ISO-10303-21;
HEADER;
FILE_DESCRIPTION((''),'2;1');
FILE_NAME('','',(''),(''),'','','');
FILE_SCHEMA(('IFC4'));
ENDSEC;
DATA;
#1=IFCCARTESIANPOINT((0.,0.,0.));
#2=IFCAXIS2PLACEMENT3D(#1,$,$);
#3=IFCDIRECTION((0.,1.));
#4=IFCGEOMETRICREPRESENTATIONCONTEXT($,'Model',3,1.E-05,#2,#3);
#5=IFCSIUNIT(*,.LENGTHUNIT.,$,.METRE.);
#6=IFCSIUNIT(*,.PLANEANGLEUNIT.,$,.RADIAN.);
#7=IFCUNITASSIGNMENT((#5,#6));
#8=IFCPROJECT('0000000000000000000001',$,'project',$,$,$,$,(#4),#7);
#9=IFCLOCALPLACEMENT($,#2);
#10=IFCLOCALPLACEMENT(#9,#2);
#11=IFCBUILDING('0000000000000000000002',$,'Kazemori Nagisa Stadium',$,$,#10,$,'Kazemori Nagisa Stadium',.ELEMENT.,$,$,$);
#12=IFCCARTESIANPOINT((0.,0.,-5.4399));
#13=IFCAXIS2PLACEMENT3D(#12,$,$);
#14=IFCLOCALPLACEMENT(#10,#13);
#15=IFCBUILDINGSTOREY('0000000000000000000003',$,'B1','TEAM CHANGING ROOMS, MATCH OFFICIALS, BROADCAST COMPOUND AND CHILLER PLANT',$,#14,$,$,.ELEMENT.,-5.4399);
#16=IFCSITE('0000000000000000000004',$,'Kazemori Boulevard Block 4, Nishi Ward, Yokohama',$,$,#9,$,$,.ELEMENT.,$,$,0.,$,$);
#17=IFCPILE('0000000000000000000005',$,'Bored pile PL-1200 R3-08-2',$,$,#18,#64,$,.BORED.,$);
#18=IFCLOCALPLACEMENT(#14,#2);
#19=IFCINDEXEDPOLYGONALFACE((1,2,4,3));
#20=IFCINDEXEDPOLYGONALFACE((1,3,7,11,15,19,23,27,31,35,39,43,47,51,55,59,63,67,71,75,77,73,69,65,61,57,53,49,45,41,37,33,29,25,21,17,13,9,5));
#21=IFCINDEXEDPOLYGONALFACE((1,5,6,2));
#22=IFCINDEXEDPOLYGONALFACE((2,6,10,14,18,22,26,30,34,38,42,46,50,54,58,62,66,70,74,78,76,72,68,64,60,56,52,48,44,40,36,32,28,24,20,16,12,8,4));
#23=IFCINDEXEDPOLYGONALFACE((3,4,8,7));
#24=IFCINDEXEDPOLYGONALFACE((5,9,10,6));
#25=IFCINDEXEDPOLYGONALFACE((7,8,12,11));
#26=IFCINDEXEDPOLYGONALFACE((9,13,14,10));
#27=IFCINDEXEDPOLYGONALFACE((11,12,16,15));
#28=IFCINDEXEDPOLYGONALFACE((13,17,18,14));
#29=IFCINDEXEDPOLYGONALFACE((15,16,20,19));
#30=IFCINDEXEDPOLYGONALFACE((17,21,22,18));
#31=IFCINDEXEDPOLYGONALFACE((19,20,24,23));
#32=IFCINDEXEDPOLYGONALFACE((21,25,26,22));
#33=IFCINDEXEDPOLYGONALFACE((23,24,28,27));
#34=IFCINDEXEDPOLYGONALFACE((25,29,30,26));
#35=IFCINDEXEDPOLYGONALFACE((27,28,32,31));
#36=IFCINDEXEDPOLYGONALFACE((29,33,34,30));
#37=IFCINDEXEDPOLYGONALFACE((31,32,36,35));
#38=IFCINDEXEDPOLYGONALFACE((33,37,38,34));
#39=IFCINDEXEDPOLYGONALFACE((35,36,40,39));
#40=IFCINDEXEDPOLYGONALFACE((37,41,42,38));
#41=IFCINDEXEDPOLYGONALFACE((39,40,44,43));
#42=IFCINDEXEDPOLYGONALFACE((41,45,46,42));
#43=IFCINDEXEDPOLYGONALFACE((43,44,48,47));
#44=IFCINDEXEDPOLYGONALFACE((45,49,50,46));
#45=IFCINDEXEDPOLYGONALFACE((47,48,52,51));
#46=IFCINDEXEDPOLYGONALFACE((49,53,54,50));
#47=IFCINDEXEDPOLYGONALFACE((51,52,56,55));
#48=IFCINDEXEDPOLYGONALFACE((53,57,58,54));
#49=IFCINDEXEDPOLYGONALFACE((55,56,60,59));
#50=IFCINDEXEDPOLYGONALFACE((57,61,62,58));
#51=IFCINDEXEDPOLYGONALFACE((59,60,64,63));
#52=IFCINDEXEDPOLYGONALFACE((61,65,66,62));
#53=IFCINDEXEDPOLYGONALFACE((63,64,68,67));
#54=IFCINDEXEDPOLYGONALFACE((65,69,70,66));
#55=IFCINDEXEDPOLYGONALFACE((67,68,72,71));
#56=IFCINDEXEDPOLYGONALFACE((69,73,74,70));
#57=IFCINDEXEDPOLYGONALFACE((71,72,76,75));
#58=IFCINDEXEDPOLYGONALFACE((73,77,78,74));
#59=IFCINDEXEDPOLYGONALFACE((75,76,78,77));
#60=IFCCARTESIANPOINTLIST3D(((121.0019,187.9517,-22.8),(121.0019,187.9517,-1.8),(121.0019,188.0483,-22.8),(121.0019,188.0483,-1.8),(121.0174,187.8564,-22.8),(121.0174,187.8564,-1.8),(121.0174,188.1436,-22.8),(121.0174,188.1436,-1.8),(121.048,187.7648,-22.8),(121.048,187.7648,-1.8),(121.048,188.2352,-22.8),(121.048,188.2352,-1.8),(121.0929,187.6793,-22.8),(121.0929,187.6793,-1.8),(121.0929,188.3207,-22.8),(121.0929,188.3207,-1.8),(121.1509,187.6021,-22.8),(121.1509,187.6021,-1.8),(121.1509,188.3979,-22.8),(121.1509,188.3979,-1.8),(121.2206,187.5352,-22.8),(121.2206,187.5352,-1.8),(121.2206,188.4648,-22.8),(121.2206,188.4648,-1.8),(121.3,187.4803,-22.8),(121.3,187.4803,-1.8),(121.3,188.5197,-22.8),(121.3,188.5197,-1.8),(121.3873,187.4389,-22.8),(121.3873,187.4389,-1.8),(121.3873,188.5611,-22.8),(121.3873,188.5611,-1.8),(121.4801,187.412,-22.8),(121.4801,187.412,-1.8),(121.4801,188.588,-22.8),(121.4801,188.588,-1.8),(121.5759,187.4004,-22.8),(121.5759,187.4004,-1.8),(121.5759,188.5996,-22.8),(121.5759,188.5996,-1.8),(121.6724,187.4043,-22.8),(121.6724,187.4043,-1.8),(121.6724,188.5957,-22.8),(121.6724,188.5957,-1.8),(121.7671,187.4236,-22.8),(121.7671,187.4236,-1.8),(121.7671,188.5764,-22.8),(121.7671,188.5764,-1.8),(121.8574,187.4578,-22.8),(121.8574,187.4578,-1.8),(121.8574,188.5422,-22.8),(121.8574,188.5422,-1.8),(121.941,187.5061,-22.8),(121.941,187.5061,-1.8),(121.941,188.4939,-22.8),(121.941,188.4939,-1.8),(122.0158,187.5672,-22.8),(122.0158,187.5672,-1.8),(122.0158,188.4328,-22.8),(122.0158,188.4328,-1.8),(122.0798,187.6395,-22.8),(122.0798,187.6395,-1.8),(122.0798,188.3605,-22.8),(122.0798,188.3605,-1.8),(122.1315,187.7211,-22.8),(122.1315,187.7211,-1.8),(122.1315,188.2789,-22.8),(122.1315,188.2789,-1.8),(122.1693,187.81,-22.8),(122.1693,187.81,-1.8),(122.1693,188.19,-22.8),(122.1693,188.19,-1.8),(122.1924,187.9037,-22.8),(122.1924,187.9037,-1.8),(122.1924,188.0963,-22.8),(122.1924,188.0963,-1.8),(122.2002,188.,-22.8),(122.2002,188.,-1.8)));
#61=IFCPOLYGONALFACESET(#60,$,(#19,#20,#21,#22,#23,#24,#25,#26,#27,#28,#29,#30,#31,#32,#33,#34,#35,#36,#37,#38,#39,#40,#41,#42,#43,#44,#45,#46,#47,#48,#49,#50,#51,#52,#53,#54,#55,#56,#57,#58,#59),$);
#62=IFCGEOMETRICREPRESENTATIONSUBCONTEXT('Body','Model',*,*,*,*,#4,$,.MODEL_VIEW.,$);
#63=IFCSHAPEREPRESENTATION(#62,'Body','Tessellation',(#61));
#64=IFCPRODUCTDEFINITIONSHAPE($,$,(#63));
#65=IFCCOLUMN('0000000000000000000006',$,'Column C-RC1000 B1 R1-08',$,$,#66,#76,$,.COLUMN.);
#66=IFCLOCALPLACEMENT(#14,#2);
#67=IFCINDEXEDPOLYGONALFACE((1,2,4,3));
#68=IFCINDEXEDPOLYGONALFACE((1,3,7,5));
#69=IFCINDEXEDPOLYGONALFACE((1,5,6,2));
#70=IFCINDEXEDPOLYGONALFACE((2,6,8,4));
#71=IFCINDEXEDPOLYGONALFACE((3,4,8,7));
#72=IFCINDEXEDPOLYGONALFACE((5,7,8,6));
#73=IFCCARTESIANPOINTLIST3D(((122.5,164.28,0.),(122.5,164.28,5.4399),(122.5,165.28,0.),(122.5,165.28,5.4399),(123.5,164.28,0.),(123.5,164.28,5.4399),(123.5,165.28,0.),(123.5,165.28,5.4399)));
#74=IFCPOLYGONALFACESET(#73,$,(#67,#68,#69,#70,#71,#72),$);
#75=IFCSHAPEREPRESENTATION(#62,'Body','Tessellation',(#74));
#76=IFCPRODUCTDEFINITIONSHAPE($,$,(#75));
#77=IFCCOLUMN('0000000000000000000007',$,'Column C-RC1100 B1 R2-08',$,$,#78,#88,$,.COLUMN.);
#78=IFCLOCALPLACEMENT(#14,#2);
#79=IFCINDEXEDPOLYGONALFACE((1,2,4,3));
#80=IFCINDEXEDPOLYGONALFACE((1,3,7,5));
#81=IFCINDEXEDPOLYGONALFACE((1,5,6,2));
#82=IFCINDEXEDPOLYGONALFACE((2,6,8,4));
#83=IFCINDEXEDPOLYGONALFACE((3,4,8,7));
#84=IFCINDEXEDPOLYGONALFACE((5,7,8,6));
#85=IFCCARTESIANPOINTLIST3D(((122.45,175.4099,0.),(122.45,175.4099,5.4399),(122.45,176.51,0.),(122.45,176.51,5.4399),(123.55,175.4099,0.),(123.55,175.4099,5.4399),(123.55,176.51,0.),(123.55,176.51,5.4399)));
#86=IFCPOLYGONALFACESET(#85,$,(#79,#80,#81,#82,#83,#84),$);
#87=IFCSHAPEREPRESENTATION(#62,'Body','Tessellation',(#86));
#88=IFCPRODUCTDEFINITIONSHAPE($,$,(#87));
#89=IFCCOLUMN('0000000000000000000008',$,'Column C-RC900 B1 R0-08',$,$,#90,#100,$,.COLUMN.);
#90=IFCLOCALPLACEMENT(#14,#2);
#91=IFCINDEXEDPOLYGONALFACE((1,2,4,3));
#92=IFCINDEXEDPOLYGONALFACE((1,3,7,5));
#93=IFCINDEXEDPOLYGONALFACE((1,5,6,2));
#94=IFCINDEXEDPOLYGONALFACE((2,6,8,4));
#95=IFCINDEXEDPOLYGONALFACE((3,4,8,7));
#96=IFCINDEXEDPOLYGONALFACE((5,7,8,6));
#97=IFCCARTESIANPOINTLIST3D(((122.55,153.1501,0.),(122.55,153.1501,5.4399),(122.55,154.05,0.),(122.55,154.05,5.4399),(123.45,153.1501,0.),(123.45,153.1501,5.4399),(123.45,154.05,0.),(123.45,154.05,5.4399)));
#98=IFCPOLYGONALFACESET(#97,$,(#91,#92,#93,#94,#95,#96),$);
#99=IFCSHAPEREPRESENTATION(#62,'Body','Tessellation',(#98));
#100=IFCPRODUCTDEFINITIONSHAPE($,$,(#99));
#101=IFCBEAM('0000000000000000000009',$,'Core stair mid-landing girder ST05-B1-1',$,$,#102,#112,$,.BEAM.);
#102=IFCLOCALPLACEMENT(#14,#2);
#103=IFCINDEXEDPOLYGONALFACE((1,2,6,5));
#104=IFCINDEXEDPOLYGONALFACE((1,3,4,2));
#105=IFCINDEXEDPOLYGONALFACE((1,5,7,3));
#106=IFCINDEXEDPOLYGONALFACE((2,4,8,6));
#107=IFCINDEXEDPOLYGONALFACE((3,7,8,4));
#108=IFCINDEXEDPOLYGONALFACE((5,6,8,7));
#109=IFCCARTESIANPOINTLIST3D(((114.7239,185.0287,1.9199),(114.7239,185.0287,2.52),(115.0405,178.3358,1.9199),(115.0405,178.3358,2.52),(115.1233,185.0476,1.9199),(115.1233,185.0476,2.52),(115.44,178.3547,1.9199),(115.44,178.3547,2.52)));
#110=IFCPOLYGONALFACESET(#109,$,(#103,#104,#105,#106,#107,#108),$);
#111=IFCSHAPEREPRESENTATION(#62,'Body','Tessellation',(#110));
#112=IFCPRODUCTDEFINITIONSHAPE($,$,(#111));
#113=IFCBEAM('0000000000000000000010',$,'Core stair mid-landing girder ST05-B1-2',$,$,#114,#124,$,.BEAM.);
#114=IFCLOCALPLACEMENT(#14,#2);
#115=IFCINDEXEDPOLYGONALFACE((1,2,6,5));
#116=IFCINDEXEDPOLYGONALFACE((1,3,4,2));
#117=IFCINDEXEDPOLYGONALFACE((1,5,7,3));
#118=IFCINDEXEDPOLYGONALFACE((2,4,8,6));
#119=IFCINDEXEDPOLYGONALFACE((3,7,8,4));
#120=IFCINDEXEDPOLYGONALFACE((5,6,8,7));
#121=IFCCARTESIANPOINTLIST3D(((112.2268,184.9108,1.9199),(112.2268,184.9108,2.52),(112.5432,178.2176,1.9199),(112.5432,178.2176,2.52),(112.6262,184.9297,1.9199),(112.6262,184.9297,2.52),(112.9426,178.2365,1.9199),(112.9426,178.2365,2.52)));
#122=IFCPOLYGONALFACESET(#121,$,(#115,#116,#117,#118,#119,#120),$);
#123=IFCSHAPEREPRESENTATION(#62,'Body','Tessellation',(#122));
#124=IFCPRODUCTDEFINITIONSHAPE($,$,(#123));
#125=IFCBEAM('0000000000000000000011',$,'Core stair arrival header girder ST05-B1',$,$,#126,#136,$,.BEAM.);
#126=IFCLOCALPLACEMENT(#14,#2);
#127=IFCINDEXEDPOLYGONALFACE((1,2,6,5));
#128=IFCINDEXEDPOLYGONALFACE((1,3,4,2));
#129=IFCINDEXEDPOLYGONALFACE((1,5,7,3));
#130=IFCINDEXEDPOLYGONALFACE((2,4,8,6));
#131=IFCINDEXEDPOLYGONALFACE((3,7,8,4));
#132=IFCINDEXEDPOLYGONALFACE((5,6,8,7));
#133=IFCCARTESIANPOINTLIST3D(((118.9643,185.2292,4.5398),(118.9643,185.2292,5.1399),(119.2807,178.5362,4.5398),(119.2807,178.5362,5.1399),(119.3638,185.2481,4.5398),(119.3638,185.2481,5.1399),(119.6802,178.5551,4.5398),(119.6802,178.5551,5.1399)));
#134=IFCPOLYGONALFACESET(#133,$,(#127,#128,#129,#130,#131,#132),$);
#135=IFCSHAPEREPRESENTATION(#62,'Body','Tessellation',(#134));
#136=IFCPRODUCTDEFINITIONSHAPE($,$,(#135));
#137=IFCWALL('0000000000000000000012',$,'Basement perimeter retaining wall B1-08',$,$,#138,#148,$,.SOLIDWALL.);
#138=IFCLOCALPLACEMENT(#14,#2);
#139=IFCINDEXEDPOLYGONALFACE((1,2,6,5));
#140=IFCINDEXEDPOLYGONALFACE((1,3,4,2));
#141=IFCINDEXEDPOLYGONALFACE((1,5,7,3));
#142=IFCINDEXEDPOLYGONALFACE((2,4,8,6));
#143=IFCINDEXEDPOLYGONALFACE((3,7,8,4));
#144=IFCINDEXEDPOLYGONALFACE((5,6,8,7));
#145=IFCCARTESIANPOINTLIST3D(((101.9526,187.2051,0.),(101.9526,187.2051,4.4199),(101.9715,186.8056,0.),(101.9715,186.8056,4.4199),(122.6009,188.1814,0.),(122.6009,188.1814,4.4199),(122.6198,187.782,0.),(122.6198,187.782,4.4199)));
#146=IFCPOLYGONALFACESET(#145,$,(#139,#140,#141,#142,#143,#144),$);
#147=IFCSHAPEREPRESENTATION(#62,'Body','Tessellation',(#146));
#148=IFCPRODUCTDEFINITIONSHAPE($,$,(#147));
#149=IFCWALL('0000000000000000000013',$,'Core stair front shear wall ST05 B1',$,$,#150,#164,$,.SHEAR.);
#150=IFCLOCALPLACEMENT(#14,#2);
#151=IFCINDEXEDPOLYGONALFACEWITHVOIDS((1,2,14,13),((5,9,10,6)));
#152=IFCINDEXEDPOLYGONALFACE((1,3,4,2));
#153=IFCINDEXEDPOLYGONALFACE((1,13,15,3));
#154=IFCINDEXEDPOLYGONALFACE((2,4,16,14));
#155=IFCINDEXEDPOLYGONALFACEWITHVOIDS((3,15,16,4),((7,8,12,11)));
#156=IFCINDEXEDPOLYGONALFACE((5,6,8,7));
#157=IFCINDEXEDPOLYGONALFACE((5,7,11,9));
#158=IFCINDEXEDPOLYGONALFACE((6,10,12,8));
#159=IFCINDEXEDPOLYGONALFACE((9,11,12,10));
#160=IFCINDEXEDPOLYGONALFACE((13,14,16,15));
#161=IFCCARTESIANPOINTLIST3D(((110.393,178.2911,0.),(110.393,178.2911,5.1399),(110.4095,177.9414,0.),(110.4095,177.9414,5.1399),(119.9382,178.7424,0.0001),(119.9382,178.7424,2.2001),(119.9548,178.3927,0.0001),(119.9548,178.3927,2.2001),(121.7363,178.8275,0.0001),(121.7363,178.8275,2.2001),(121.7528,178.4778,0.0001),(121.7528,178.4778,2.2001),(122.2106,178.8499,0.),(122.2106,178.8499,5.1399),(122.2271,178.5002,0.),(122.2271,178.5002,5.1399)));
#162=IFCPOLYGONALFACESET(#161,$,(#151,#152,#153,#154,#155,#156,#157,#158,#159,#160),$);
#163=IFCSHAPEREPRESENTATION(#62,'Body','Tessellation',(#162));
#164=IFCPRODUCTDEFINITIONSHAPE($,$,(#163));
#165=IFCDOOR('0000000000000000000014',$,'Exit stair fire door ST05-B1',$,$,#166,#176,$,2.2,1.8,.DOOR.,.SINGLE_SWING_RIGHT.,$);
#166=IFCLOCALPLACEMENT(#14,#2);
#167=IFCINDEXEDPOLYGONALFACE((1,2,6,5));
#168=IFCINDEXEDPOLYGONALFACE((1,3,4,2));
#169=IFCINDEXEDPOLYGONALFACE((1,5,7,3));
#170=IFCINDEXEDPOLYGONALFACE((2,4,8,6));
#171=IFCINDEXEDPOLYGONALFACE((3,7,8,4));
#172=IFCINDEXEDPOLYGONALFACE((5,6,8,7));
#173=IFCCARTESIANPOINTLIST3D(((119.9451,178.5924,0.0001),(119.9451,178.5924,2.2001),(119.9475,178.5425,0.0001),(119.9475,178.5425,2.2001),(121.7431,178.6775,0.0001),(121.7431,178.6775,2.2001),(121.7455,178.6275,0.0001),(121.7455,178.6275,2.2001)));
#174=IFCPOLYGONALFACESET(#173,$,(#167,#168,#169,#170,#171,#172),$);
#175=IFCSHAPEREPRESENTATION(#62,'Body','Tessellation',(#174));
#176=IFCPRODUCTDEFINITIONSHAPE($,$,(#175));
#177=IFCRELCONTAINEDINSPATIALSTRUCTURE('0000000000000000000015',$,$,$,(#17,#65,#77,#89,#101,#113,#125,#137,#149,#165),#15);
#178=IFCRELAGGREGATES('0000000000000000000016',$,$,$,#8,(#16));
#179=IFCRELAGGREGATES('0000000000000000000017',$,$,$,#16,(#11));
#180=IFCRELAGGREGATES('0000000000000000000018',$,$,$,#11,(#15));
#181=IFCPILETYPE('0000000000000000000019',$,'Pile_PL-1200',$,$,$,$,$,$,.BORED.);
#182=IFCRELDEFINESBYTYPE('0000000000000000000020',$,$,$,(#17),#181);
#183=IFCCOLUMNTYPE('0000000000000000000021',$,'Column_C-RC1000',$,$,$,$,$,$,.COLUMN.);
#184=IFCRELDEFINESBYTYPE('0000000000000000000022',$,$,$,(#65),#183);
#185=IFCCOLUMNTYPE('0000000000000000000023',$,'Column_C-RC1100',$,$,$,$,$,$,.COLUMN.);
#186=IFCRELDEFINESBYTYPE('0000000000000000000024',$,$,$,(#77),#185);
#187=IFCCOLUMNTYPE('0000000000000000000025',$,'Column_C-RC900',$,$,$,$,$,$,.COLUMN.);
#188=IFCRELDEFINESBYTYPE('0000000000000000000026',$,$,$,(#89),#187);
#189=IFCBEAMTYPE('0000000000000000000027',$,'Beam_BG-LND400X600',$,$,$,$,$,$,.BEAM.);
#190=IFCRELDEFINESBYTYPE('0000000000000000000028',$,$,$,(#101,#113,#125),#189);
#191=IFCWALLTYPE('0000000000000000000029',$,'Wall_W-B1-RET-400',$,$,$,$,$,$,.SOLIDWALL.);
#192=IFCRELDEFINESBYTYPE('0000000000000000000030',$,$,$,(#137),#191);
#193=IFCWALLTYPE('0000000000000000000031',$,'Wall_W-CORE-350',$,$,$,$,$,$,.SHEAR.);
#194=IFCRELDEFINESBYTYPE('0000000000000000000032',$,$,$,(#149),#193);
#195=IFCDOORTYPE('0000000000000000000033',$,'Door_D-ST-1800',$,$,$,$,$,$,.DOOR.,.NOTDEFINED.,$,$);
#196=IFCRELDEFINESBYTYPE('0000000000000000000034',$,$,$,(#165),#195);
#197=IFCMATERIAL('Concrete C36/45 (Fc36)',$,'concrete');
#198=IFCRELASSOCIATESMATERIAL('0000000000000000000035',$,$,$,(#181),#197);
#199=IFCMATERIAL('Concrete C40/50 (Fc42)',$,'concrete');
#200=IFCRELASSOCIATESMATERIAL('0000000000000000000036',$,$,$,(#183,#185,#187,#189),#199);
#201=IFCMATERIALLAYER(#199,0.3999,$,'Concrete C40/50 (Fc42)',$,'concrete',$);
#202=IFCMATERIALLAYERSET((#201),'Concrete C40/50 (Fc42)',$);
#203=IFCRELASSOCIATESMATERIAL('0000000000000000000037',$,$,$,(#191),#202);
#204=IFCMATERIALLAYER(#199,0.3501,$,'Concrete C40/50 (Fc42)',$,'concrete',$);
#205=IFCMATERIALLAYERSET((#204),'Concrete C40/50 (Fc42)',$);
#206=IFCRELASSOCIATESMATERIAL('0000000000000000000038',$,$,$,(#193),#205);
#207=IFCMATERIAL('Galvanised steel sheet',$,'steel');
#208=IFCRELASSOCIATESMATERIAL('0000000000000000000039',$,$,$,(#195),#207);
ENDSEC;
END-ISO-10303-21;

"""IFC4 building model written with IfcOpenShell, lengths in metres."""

from ifc_helpers import new_model, si_unit, direction, frame, frame_2d, origin, origin_2d, place, context, subcontext, project, spatial, rectangle, circle, extrude, material, layer, layer_set, material_profile, profile_set, type_object, element, fill, save


model = new_model("IFC4")

# Units and contexts
model_context = context("Model", 3, precision=1e-05, world=origin(), true_north=direction((0.0, 1.0)))
body_context = subcontext(model_context, "Body", "Model", "MODEL_VIEW")
ifc_project = project(units=[si_unit("LENGTHUNIT", "METRE"), si_unit("PLANEANGLEUNIT", "RADIAN")], contexts=[model_context])

# Site, building, storey
site_placement = place(None, origin())
site = spatial("IfcSite", under=ifc_project, at=site_placement, Name="Kazemori Boulevard Block 4, Nishi Ward, Yokohama", CompositionType="ELEMENT", RefElevation=0.0)
building_placement = place(site_placement, origin())
building = spatial("IfcBuilding", under=site, at=building_placement, Name="Kazemori Nagisa Stadium", LongName="Kazemori Nagisa Stadium", CompositionType="ELEMENT")
storey_placement = place(building_placement, frame((0.0, 0.0, -5.4399)))
storey = spatial("IfcBuildingStorey", under=building, at=storey_placement, Name="B1", Description="TEAM CHANGING ROOMS, MATCH OFFICIALS, BROADCAST COMPOUND AND CHILLER PLANT", CompositionType="ELEMENT", Elevation=-5.4399)

# Shared definitions
ifc_material_1 = material(Name="Concrete C40/50 (Fc42)", Category="concrete")

# Pile
ifc_material_2 = material(Name="Concrete C36/45 (Fc36)", Category="concrete")
ifc_material_profile_1 = material_profile(ifc_material_2, circle(Radius=0.6001, at=origin_2d()), Name="PILE-D1200")
ifc_profile_set_1 = profile_set([ifc_material_profile_1], Name="Concrete C36/45 (Fc36)")
pile_type = type_object("IfcPileType", Name="Pile_PL-1200", PredefinedType="BORED", material=ifc_profile_set_1)
for number, where, z_axis, x_axis, name in (
    (1, (121.6001, 188.0, -1.8), (0.0, 0.0, -1.0), (1.0, 0.0, 0.0), "Bored pile PL-1200 R3-08-2"),
):
    element("IfcPile", number, at=place(storey_placement, frame(where, z_axis=z_axis, x_axis=x_axis)), inside=storey, type_object=pile_type, Name=name, PredefinedType="BORED", context=body_context, shape_type="SweptSolid", body=[
        extrude(circle(Radius=0.6001, at=origin_2d()), origin(), (0.0, 0.0, 1.0), 21.0),
    ])

# Columns
ifc_material_profile_2 = material_profile(ifc_material_1, rectangle(XDim=1.0, YDim=1.0, at=origin_2d()), Name="RC-COL-1000x1000")
ifc_profile_set_2 = profile_set([ifc_material_profile_2], Name="Concrete C40/50 (Fc42)")
column_type_1 = type_object("IfcColumnType", Name="Column_C-RC1000", PredefinedType="COLUMN", material=ifc_profile_set_2)
column_1_placement = place(storey_placement, frame((123.0, 164.78, 0.0), z_axis=(0.0, 0.0, 1.0), x_axis=(0.0, 1.0, 0.0)))
element("IfcColumn", 2, at=column_1_placement, inside=storey, type_object=column_type_1, Name="Column C-RC1000 B1 R1-08", PredefinedType="COLUMN", context=body_context, shape_type="SweptSolid", body=[
    extrude(rectangle(XDim=1.0, YDim=1.0, at=origin_2d()), origin(), (0.0, 0.0, 1.0), 5.4399),
])
ifc_material_profile_3 = material_profile(ifc_material_1, rectangle(XDim=1.1001, YDim=1.1001, at=origin_2d()), Name="RC-COL-1100x1100")
ifc_profile_set_3 = profile_set([ifc_material_profile_3], Name="Concrete C40/50 (Fc42)")
column_type_2 = type_object("IfcColumnType", Name="Column_C-RC1100", PredefinedType="COLUMN", material=ifc_profile_set_3)
column_2_placement = place(storey_placement, frame((123.0, 175.96, 0.0), z_axis=(0.0, 0.0, 1.0), x_axis=(0.0, 1.0, 0.0)))
element("IfcColumn", 3, at=column_2_placement, inside=storey, type_object=column_type_2, Name="Column C-RC1100 B1 R2-08", PredefinedType="COLUMN", context=body_context, shape_type="SweptSolid", body=[
    extrude(rectangle(XDim=1.1001, YDim=1.1001, at=origin_2d()), origin(), (0.0, 0.0, 1.0), 5.4399),
])
ifc_material_profile_4 = material_profile(ifc_material_1, rectangle(XDim=0.8999, YDim=0.8999, at=origin_2d()), Name="RC-COL-900x900")
ifc_profile_set_4 = profile_set([ifc_material_profile_4], Name="Concrete C40/50 (Fc42)")
column_type_3 = type_object("IfcColumnType", Name="Column_C-RC900", PredefinedType="COLUMN", material=ifc_profile_set_4)
column_3_placement = place(storey_placement, frame((123.0, 153.6001, 0.0), z_axis=(0.0, 0.0, 1.0), x_axis=(0.0, 1.0, 0.0)))
element("IfcColumn", 4, at=column_3_placement, inside=storey, type_object=column_type_3, Name="Column C-RC900 B1 R0-08", PredefinedType="COLUMN", context=body_context, shape_type="SweptSolid", body=[
    extrude(rectangle(XDim=0.8999, YDim=0.8999, at=origin_2d()), origin(), (0.0, 0.0, 1.0), 5.4399),
])

# Beams
ifc_material_profile_5 = material_profile(ifc_material_1, rectangle(XDim=0.3999, YDim=0.6001, at=origin_2d()), Name="RC-BM-400x600")
ifc_profile_set_5 = profile_set([ifc_material_profile_5], Name="Concrete C40/50 (Fc42)")
beam_type = type_object("IfcBeamType", Name="Beam_BG-LND400X600", PredefinedType="BEAM", material=ifc_profile_set_5)
beam_1_placement = place(storey_placement, frame((115.2402, 178.3452, 2.22), z_axis=(-0.047259, 0.998883, 0.0), x_axis=(-0.998883, -0.047259, 0.0)))
element("IfcBeam", 5, at=beam_1_placement, inside=storey, type_object=beam_type, Name="Core stair mid-landing girder ST05-B1-1", PredefinedType="BEAM", context=body_context, shape_type="SweptSolid", body=[
    extrude(rectangle(XDim=0.3999, YDim=0.6001, at=origin_2d()), origin(), (0.0, 0.0, 1.0), 6.7004),
])
beam_2_placement = place(storey_placement, frame((112.7429, 178.2271, 2.22), z_axis=(-0.047221, 0.998884, 0.0), x_axis=(-0.998884, -0.047221, 0.0)))
element("IfcBeam", 6, at=beam_2_placement, inside=storey, type_object=beam_type, Name="Core stair mid-landing girder ST05-B1-2", PredefinedType="BEAM", context=body_context, shape_type="SweptSolid", body=[
    extrude(rectangle(XDim=0.3999, YDim=0.6001, at=origin_2d()), origin(), (0.0, 0.0, 1.0), 6.7007),
])
beam_3_placement = place(storey_placement, frame((119.4805, 178.5457, 4.8398), z_axis=(-0.047222, 0.998884, 0.0), x_axis=(-0.998884, -0.047222, 0.0)))
element("IfcBeam", 7, at=beam_3_placement, inside=storey, type_object=beam_type, Name="Core stair arrival header girder ST05-B1", PredefinedType="BEAM", context=body_context, shape_type="SweptSolid", body=[
    extrude(rectangle(XDim=0.3999, YDim=0.6001, at=origin_2d()), origin(), (0.0, 0.0, 1.0), 6.7004),
])

# Wall
ifc_layer_1 = layer(ifc_material_1, 0.3999, Name="Concrete C40/50 (Fc42)", Category="concrete")
ifc_layer_set_1 = layer_set([ifc_layer_1], Name="Concrete C40/50 (Fc42)")
wall_type_1 = type_object("IfcWallType", Name="Wall_W-B1-RET-400", PredefinedType="SOLIDWALL", material=ifc_layer_set_1)
wall_1_placement = place(storey_placement, frame((122.6104, 187.9817, 0.0), z_axis=(0.0, 0.0, 1.0), x_axis=(-0.998884, -0.04723, 0.0)))
element("IfcWall", 8, at=wall_1_placement, inside=storey, type_object=wall_type_1, Name="Basement perimeter retaining wall B1-08", PredefinedType="SOLIDWALL", context=body_context, shape_type="SweptSolid", body=[
    extrude(rectangle(XDim=20.6714, YDim=0.3999, at=frame_2d((10.3357, 0.0))), origin(), (0.0, 0.0, 1.0), 4.4199),
])

# Wall, opening, door
ifc_layer_2 = layer(ifc_material_1, 0.3501, Name="Concrete C40/50 (Fc42)", Category="concrete")
ifc_layer_set_2 = layer_set([ifc_layer_2], Name="Concrete C40/50 (Fc42)")
wall_type_2 = type_object("IfcWallType", Name="Wall_W-CORE-350", PredefinedType="SHEAR", material=ifc_layer_set_2)
wall_2_placement = place(storey_placement, frame((122.219, 178.675, 0.0), z_axis=(0.0, 0.0, 1.0), x_axis=(-0.998884, -0.047236, 0.0)))
wall_2 = element("IfcWall", 9, at=wall_2_placement, inside=storey, type_object=wall_type_2, Name="Core stair front shear wall ST05 B1", PredefinedType="SHEAR", context=body_context, shape_type="SweptSolid", body=[
    extrude(rectangle(XDim=11.8308, YDim=0.3501, at=frame_2d((5.9155, 0.0))), origin(), (0.0, 0.0, 1.0), 5.1399),
])
opening_1_placement = place(wall_2_placement, frame((0.4751, 0.0, 0.0)))
opening_1 = element("IfcOpeningElement", 10, at=opening_1_placement, cuts=wall_2, PredefinedType="OPENING", context=body_context, shape_type="SweptSolid", body=[
    extrude(rectangle(XDim=1.8, YDim=2.2, at=frame_2d((0.8999, 1.1001))), frame((0.0, 0.1851, 0.0), z_axis=(0.0, -1.0, 0.0), x_axis=(1.0, 0.0, 0.0)), (0.0, 0.0, 1.0), 0.3701),
])
ifc_material_3 = material(Name="Galvanised steel sheet", Category="steel")
door_type_1 = type_object("IfcDoorType", Name="Door_D-ST-1800", OperationType="NOTDEFINED", PredefinedType="DOOR", material=ifc_material_3)
door_1_placement = place(opening_1_placement, frame((1.8, 0.0, 0.0), z_axis=(0.0, 0.0, 1.0), x_axis=(-1.0, 0.0, 0.0)))
door_1 = element("IfcDoor", 11, at=door_1_placement, inside=storey, type_object=door_type_1, Name="Exit stair fire door ST05-B1", OperationType="SINGLE_SWING_RIGHT", OverallHeight=2.2, OverallWidth=1.8, PredefinedType="DOOR", context=body_context, shape_type="SweptSolid", body=[
    extrude(rectangle(XDim=1.8, YDim=2.2, at=frame_2d((0.8999, 1.1001))), frame((0.0, 0.0249, 0.0), z_axis=(0.0, -1.0, 0.0), x_axis=(1.0, 0.0, 0.0)), (0.0, 0.0, 1.0), 0.05),
])
fill(opening_1, door_1)

save(model, "model.ifc")
